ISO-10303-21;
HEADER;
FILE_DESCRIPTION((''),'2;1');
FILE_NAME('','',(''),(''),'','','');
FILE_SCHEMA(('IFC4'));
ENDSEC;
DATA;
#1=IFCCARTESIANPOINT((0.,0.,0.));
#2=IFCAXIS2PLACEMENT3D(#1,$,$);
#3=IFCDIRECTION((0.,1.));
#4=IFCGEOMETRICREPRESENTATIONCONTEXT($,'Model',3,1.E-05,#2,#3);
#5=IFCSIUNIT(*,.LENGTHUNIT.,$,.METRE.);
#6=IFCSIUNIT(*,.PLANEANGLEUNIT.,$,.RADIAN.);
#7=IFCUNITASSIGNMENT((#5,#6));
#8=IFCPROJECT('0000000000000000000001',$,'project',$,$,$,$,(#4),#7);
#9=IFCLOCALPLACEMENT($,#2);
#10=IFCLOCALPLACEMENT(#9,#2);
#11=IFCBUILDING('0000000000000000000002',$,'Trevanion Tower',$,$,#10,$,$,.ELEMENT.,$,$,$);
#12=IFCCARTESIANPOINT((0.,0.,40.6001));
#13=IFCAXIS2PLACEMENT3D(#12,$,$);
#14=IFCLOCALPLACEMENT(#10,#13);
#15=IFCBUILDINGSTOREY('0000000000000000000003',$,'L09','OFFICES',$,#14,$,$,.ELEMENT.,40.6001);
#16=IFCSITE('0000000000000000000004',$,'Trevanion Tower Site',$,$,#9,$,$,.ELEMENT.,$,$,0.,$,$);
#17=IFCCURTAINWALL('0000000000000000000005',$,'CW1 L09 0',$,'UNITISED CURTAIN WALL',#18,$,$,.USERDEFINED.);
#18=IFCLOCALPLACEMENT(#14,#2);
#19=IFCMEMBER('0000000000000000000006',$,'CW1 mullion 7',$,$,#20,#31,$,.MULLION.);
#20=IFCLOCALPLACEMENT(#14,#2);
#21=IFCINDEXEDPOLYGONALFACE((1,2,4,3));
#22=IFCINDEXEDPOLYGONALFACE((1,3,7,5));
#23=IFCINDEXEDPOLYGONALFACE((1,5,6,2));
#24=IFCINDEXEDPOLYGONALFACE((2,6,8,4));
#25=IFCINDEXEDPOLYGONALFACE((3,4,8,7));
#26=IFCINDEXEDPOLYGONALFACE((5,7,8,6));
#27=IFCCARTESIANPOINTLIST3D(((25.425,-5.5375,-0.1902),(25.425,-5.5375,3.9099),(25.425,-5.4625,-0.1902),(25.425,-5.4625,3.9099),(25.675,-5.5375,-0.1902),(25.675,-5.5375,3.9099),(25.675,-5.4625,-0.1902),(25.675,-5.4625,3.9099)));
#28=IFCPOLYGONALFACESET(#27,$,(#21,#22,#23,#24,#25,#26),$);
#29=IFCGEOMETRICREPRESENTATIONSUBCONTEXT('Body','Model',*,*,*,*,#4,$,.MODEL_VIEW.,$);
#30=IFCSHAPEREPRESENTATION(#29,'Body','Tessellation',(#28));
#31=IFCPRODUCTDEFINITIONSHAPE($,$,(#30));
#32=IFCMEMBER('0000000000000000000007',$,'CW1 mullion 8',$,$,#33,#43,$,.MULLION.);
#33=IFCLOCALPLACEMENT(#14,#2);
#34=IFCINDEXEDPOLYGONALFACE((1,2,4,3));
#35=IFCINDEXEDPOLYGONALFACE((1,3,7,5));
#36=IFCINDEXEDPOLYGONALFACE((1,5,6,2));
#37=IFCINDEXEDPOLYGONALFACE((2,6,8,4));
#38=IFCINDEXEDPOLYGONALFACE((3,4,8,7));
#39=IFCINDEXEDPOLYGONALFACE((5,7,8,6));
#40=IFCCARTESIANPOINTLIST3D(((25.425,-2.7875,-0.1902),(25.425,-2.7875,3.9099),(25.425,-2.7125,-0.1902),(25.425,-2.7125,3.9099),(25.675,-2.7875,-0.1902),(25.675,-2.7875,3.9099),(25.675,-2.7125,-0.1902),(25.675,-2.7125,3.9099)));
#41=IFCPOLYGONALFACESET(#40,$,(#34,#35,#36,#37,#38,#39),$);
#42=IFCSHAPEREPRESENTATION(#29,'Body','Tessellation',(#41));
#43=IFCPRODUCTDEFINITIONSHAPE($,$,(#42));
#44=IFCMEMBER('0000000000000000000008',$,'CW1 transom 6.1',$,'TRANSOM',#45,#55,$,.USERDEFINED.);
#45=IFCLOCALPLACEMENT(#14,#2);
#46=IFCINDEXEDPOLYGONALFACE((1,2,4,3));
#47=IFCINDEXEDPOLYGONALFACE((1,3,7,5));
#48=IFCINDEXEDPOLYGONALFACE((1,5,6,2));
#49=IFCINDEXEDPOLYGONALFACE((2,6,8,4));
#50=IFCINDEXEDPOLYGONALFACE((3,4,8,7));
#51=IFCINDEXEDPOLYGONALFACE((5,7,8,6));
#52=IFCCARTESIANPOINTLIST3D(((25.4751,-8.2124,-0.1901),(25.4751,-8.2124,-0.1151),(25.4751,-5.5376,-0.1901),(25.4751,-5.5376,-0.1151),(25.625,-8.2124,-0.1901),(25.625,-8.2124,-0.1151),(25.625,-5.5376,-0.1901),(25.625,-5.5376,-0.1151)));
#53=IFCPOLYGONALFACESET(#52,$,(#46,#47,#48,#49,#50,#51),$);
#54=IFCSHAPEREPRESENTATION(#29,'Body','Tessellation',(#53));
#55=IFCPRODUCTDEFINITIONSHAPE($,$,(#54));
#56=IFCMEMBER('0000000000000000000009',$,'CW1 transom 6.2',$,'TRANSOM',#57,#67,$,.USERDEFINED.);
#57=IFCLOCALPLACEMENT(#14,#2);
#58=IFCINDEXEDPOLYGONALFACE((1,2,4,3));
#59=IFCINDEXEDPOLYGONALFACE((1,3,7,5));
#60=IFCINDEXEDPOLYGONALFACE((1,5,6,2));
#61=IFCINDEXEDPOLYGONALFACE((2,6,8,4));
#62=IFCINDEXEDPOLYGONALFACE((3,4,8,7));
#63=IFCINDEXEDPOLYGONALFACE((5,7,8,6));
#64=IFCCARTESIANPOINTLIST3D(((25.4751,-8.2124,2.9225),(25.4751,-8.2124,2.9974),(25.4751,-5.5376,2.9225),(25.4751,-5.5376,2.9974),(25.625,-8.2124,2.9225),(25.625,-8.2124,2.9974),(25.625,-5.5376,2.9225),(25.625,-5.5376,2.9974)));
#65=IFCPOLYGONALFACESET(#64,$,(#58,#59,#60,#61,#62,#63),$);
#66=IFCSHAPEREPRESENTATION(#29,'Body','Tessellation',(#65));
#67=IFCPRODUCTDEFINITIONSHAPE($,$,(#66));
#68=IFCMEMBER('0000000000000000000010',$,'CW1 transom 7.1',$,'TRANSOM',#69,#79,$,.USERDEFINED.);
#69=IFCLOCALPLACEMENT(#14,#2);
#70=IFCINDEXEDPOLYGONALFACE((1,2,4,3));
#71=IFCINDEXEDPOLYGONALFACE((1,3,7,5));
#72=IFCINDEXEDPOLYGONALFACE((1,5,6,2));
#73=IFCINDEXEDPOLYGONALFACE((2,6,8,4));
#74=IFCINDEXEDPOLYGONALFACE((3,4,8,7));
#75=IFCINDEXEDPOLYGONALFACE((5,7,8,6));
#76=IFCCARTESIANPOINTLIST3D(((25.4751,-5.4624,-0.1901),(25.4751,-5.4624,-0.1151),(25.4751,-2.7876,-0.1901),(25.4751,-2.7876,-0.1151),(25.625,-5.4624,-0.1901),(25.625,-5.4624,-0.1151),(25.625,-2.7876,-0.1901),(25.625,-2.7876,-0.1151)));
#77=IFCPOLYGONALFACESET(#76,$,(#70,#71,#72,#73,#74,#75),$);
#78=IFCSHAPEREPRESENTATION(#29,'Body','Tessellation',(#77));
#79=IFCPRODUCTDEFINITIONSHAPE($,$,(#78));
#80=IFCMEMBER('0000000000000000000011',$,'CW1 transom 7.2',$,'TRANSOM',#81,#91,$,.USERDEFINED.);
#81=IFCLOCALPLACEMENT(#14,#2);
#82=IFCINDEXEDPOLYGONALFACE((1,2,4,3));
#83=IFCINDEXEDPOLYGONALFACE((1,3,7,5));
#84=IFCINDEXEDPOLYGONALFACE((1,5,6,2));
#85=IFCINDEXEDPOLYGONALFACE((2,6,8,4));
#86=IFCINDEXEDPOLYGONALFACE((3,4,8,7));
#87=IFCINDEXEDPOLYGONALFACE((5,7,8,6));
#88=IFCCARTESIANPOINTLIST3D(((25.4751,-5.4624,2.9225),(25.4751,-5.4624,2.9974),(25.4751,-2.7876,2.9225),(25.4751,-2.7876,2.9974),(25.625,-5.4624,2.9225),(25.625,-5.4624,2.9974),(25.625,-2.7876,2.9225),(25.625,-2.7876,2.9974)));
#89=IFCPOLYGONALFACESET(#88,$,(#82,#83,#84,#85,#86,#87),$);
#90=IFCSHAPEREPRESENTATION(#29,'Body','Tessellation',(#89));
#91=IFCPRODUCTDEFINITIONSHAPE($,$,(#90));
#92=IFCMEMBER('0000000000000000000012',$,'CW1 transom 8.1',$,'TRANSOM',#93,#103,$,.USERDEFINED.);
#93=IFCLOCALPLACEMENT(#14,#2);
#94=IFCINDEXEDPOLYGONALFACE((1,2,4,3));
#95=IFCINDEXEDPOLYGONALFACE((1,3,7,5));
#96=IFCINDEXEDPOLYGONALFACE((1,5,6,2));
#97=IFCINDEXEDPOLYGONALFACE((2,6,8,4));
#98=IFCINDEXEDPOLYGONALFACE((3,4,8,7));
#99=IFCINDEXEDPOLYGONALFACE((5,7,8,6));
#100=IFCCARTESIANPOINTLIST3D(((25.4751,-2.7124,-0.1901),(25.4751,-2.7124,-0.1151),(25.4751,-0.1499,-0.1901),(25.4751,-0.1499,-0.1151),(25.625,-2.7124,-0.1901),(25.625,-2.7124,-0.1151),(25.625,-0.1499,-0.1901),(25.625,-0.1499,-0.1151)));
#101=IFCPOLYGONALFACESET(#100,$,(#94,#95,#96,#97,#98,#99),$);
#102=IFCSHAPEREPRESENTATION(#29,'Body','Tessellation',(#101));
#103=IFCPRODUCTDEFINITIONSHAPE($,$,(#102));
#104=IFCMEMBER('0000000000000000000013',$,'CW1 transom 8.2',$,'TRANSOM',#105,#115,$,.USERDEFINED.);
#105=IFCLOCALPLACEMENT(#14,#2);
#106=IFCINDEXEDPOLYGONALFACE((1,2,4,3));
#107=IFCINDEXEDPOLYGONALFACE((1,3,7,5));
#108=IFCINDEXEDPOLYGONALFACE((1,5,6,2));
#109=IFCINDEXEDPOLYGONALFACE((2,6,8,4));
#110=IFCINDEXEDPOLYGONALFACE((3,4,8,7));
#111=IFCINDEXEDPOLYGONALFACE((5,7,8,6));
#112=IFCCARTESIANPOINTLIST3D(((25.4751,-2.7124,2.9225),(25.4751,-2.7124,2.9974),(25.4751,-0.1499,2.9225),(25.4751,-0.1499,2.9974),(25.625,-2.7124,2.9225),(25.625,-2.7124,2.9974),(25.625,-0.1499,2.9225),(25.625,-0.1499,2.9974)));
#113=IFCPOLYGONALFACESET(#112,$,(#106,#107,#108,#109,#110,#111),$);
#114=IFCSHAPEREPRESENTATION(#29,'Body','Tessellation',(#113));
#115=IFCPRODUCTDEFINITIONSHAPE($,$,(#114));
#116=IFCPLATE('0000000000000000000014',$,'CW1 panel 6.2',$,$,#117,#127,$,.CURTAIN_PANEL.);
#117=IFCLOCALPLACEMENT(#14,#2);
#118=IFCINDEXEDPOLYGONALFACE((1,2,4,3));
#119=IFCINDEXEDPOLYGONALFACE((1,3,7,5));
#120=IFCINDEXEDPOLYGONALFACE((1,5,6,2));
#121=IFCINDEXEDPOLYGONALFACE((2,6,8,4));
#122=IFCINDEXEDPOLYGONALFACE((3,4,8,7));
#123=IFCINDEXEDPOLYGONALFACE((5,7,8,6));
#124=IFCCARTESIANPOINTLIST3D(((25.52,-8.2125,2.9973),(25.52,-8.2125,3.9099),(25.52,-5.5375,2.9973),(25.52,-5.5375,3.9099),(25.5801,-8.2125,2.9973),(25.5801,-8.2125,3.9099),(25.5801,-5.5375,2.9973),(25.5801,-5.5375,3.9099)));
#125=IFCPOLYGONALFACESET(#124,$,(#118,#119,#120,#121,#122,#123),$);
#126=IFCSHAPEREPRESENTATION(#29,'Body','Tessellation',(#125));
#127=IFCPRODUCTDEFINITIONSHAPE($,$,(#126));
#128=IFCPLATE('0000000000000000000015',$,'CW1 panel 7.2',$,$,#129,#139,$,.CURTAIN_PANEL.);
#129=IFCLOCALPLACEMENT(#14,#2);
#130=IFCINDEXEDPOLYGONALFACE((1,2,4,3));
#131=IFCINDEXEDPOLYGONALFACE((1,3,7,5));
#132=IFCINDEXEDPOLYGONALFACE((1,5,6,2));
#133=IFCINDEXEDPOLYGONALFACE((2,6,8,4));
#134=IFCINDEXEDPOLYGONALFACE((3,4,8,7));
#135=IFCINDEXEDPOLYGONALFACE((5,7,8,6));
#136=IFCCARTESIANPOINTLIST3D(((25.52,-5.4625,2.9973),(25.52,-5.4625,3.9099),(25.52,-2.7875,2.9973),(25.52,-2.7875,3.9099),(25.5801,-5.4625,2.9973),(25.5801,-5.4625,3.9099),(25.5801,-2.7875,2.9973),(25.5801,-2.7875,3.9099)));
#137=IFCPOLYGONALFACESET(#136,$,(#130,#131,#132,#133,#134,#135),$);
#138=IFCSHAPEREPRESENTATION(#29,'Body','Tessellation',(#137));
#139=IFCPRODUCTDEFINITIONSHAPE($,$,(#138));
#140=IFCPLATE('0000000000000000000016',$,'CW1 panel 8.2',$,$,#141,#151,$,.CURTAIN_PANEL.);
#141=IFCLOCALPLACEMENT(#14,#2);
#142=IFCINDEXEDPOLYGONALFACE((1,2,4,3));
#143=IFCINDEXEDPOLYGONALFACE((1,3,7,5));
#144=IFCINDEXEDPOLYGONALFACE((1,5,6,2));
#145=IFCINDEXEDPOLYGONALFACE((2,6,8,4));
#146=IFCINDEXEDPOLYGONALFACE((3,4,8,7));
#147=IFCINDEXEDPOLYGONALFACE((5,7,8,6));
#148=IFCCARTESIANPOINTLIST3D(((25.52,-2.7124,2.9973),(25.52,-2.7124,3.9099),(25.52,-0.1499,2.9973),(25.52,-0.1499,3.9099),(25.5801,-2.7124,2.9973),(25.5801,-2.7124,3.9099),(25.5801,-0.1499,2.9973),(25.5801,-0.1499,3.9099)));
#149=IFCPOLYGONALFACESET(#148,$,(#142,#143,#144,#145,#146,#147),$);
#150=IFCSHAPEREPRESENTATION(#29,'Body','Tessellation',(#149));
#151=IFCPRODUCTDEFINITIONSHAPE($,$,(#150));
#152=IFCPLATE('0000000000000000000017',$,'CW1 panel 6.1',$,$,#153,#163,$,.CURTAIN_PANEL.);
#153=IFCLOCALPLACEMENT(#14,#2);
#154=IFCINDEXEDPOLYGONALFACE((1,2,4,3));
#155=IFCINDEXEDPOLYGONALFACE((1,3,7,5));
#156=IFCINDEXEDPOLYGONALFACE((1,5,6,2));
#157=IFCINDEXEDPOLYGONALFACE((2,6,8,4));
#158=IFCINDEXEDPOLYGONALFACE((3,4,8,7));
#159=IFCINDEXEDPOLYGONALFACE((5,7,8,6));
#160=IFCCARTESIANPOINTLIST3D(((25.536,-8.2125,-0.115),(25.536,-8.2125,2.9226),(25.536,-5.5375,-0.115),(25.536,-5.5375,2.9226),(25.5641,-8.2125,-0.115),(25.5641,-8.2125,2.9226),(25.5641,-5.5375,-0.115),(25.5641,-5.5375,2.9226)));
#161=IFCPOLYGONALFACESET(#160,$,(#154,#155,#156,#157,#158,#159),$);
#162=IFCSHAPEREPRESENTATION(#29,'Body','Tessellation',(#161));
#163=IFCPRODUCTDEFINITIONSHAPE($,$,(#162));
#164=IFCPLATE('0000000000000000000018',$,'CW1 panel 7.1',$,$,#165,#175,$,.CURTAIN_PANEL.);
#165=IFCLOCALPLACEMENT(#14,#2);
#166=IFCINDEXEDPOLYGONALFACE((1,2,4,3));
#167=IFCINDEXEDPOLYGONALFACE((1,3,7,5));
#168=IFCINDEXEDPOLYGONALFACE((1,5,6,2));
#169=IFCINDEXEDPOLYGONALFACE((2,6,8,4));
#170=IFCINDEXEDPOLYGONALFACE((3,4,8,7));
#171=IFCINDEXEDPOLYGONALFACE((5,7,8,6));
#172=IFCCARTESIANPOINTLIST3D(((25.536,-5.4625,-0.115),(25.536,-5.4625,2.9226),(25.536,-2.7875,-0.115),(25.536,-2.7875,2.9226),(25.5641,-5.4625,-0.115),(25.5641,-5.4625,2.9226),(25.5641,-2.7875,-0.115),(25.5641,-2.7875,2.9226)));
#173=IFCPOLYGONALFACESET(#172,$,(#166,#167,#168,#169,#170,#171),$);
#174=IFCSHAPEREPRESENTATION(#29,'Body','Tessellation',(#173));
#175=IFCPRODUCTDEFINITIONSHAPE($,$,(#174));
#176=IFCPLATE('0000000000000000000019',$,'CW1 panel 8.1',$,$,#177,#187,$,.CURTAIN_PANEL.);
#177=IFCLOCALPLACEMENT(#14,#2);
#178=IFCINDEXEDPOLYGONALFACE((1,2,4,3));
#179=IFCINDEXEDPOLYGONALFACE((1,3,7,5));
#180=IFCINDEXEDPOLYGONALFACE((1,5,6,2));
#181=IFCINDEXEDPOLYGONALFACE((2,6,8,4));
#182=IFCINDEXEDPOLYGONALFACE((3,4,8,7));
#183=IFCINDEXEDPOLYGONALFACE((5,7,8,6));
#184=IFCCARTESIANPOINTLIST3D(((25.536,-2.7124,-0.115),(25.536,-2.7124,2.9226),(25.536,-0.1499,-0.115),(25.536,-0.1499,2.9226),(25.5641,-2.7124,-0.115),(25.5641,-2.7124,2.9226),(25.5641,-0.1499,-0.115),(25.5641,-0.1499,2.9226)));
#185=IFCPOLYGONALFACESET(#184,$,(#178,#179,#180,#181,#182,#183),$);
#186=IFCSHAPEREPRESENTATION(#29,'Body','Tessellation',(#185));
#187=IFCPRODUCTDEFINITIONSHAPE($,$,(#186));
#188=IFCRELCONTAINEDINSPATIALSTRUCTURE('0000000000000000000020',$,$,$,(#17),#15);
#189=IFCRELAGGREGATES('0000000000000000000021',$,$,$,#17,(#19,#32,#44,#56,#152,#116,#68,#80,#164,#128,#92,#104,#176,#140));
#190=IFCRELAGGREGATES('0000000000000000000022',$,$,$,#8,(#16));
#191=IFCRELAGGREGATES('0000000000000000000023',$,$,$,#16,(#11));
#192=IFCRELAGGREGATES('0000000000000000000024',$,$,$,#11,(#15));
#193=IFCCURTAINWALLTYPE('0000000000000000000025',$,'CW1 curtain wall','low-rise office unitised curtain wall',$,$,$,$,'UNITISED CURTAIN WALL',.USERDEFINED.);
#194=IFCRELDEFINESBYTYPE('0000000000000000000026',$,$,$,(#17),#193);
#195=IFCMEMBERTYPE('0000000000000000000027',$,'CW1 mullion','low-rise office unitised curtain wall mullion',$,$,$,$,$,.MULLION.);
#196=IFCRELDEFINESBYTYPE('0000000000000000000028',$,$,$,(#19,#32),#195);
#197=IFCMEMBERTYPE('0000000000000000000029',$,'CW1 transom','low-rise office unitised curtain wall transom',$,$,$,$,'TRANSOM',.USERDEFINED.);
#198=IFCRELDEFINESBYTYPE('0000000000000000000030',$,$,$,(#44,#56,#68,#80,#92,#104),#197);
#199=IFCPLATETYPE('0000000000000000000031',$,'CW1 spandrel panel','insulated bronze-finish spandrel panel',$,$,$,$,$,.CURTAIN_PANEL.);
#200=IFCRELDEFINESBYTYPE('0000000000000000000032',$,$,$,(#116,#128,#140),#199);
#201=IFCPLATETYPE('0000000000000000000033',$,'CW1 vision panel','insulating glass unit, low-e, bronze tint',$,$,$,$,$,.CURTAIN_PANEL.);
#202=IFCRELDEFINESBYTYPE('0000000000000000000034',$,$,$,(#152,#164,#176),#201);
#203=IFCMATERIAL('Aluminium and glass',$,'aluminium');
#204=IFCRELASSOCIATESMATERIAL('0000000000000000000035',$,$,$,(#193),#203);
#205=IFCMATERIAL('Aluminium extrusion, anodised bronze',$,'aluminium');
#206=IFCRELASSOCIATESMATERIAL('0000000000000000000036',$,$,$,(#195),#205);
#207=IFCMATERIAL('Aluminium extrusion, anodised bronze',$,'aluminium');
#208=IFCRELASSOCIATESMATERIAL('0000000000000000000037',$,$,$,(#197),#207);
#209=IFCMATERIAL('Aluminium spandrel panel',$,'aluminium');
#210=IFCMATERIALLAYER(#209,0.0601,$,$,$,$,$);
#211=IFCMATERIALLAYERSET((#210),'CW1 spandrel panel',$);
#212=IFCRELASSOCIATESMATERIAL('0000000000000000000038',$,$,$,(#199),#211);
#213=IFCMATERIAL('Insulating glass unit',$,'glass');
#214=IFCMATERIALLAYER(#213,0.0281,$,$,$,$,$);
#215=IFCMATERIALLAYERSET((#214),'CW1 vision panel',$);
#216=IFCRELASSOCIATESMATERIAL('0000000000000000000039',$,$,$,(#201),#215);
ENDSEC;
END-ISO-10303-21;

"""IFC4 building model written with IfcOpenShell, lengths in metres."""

from ifc_helpers import new_model, si_unit, direction, frame, origin, origin_2d, place, context, subcontext, project, spatial, rectangle, extrude, material, layer, layer_set, material_profile, profile_set, type_object, element, aggregate, save


model = new_model("IFC4")

# Units and contexts
model_context = context("Model", 3, precision=1e-05, world=origin(), true_north=direction((0.0, 1.0)))
body_context = subcontext(model_context, "Body", "Model", "MODEL_VIEW")
ifc_project = project(units=[si_unit("LENGTHUNIT", "METRE"), si_unit("PLANEANGLEUNIT", "RADIAN")], contexts=[model_context])

# Site, building, storey
site_placement = place(None, origin())
site = spatial("IfcSite", under=ifc_project, at=site_placement, Name="Trevanion Tower Site", CompositionType="ELEMENT", RefElevation=0.0)
building_placement = place(site_placement, origin())
building = spatial("IfcBuilding", under=site, at=building_placement, Name="Trevanion Tower", CompositionType="ELEMENT")
storey_placement = place(building_placement, frame((0.0, 0.0, 40.6001)))
storey = spatial("IfcBuildingStorey", under=building, at=storey_placement, Name="L09", Description="OFFICES", CompositionType="ELEMENT", Elevation=40.6001)

# Curtain wall, members, plates
ifc_material_1 = material(Name="Aluminium and glass", Category="aluminium")
curtain_wall_type = type_object("IfcCurtainWallType", Name="CW1 curtain wall", Description="low-rise office unitised curtain wall", ElementType="UNITISED CURTAIN WALL", PredefinedType="USERDEFINED", material=ifc_material_1)
curtain_wall_placement = place(storey_placement, origin())
curtain_wall = element("IfcCurtainWall", 1, at=curtain_wall_placement, inside=storey, type_object=curtain_wall_type, Name="CW1 L09 0", ObjectType="UNITISED CURTAIN WALL", PredefinedType="USERDEFINED")
ifc_material_2 = material(Name="Aluminium extrusion, anodised bronze", Category="aluminium")
ifc_material_profile_1 = material_profile(ifc_material_2, rectangle(XDim=0.075, YDim=0.25, at=origin_2d()), Name="CW1 mullion")
ifc_profile_set_1 = profile_set([ifc_material_profile_1], Name="Aluminium extrusion, anodised bronze")
member_type_1 = type_object("IfcMemberType", Name="CW1 mullion", Description="low-rise office unitised curtain wall mullion", PredefinedType="MULLION", material=ifc_profile_set_1)
member_1_placement = place(storey_placement, frame((25.55, -5.5, -0.1902), z_axis=(0.0, 0.0, 1.0), x_axis=(0.0, 1.0, 0.0)))
member_1 = element("IfcMember", 2, at=member_1_placement, type_object=member_type_1, Name="CW1 mullion 7", PredefinedType="MULLION", context=body_context, shape_type="SweptSolid", body=[
    extrude(rectangle(XDim=0.075, YDim=0.25, at=origin_2d()), origin(), (0.0, 0.0, 1.0), 4.1001),
])
member_2_placement = place(storey_placement, frame((25.55, -2.75, -0.1902), z_axis=(0.0, 0.0, 1.0), x_axis=(0.0, 1.0, 0.0)))
member_2 = element("IfcMember", 3, at=member_2_placement, type_object=member_type_1, Name="CW1 mullion 8", PredefinedType="MULLION", context=body_context, shape_type="SweptSolid", body=[
    extrude(rectangle(XDim=0.075, YDim=0.25, at=origin_2d()), origin(), (0.0, 0.0, 1.0), 4.1001),
])
ifc_material_3 = material(Name="Aluminium extrusion, anodised bronze", Category="aluminium")
ifc_material_profile_2 = material_profile(ifc_material_3, rectangle(XDim=0.1499, YDim=0.075, at=origin_2d()), Name="CW1 transom")
ifc_profile_set_2 = profile_set([ifc_material_profile_2], Name="Aluminium extrusion, anodised bronze")
member_type_2 = type_object("IfcMemberType", Name="CW1 transom", Description="low-rise office unitised curtain wall transom", ElementType="TRANSOM", PredefinedType="USERDEFINED", material=ifc_profile_set_2)
member_3_placement = place(storey_placement, frame((25.55, -8.2124, -0.1526), z_axis=(0.0, 1.0, 0.0), x_axis=(-1.0, 0.0, 0.0)))
member_3 = element("IfcMember", 4, at=member_3_placement, type_object=member_type_2, Name="CW1 transom 6.1", ObjectType="TRANSOM", PredefinedType="USERDEFINED", context=body_context, shape_type="SweptSolid", body=[
    extrude(rectangle(XDim=0.1499, YDim=0.075, at=origin_2d()), origin(), (0.0, 0.0, 1.0), 2.6748),
])
member_4_placement = place(storey_placement, frame((25.55, -8.2124, 2.96), z_axis=(0.0, 1.0, 0.0), x_axis=(-1.0, 0.0, 0.0)))
member_4 = element("IfcMember", 5, at=member_4_placement, type_object=member_type_2, Name="CW1 transom 6.2", ObjectType="TRANSOM", PredefinedType="USERDEFINED", context=body_context, shape_type="SweptSolid", body=[
    extrude(rectangle(XDim=0.1499, YDim=0.075, at=origin_2d()), origin(), (0.0, 0.0, 1.0), 2.6748),
])
member_5_placement = place(storey_placement, frame((25.55, -5.4624, -0.1526), z_axis=(0.0, 1.0, 0.0), x_axis=(-1.0, 0.0, 0.0)))
member_5 = element("IfcMember", 6, at=member_5_placement, type_object=member_type_2, Name="CW1 transom 7.1", ObjectType="TRANSOM", PredefinedType="USERDEFINED", context=body_context, shape_type="SweptSolid", body=[
    extrude(rectangle(XDim=0.1499, YDim=0.075, at=origin_2d()), origin(), (0.0, 0.0, 1.0), 2.6748),
])
member_6_placement = place(storey_placement, frame((25.55, -5.4624, 2.96), z_axis=(0.0, 1.0, 0.0), x_axis=(-1.0, 0.0, 0.0)))
member_6 = element("IfcMember", 7, at=member_6_placement, type_object=member_type_2, Name="CW1 transom 7.2", ObjectType="TRANSOM", PredefinedType="USERDEFINED", context=body_context, shape_type="SweptSolid", body=[
    extrude(rectangle(XDim=0.1499, YDim=0.075, at=origin_2d()), origin(), (0.0, 0.0, 1.0), 2.6748),
])
member_7_placement = place(storey_placement, frame((25.55, -2.7124, -0.1526), z_axis=(0.0, 1.0, 0.0), x_axis=(-1.0, 0.0, 0.0)))
member_7 = element("IfcMember", 8, at=member_7_placement, type_object=member_type_2, Name="CW1 transom 8.1", ObjectType="TRANSOM", PredefinedType="USERDEFINED", context=body_context, shape_type="SweptSolid", body=[
    extrude(rectangle(XDim=0.1499, YDim=0.075, at=origin_2d()), origin(), (0.0, 0.0, 1.0), 2.5625),
])
member_8_placement = place(storey_placement, frame((25.55, -2.7124, 2.96), z_axis=(0.0, 1.0, 0.0), x_axis=(-1.0, 0.0, 0.0)))
member_8 = element("IfcMember", 9, at=member_8_placement, type_object=member_type_2, Name="CW1 transom 8.2", ObjectType="TRANSOM", PredefinedType="USERDEFINED", context=body_context, shape_type="SweptSolid", body=[
    extrude(rectangle(XDim=0.1499, YDim=0.075, at=origin_2d()), origin(), (0.0, 0.0, 1.0), 2.5625),
])
ifc_material_4 = material(Name="Aluminium spandrel panel", Category="aluminium")
ifc_layer_1 = layer(ifc_material_4, 0.0601)
ifc_layer_set_1 = layer_set([ifc_layer_1], Name="CW1 spandrel panel")
plate_type_1 = type_object("IfcPlateType", Name="CW1 spandrel panel", Description="insulated bronze-finish spandrel panel", PredefinedType="CURTAIN_PANEL", material=ifc_layer_set_1)
plate_1_placement = place(storey_placement, frame((25.55, -6.875, 2.9973), z_axis=(0.0, 0.0, 1.0), x_axis=(0.0, 1.0, 0.0)))
plate_1 = element("IfcPlate", 10, at=plate_1_placement, type_object=plate_type_1, Name="CW1 panel 6.2", PredefinedType="CURTAIN_PANEL", context=body_context, shape_type="SweptSolid", body=[
    extrude(rectangle(XDim=2.675, YDim=0.0601, at=origin_2d()), origin(), (0.0, 0.0, 1.0), 0.9126),
])
plate_2_placement = place(storey_placement, frame((25.55, -4.125, 2.9973), z_axis=(0.0, 0.0, 1.0), x_axis=(0.0, 1.0, 0.0)))
plate_2 = element("IfcPlate", 11, at=plate_2_placement, type_object=plate_type_1, Name="CW1 panel 7.2", PredefinedType="CURTAIN_PANEL", context=body_context, shape_type="SweptSolid", body=[
    extrude(rectangle(XDim=2.675, YDim=0.0601, at=origin_2d()), origin(), (0.0, 0.0, 1.0), 0.9126),
])
plate_3_placement = place(storey_placement, frame((25.55, -1.4312, 2.9973), z_axis=(0.0, 0.0, 1.0), x_axis=(0.0, 1.0, 0.0)))
plate_3 = element("IfcPlate", 12, at=plate_3_placement, type_object=plate_type_1, Name="CW1 panel 8.2", PredefinedType="CURTAIN_PANEL", context=body_context, shape_type="SweptSolid", body=[
    extrude(rectangle(XDim=2.5625, YDim=0.0601, at=origin_2d()), origin(), (0.0, 0.0, 1.0), 0.9126),
])
ifc_material_5 = material(Name="Insulating glass unit", Category="glass")
ifc_layer_2 = layer(ifc_material_5, 0.0281)
ifc_layer_set_2 = layer_set([ifc_layer_2], Name="CW1 vision panel")
plate_type_2 = type_object("IfcPlateType", Name="CW1 vision panel", Description="insulating glass unit, low-e, bronze tint", PredefinedType="CURTAIN_PANEL", material=ifc_layer_set_2)
plate_4_placement = place(storey_placement, frame((25.55, -6.875, -0.115), z_axis=(0.0, 0.0, 1.0), x_axis=(0.0, 1.0, 0.0)))
plate_4 = element("IfcPlate", 13, at=plate_4_placement, type_object=plate_type_2, Name="CW1 panel 6.1", PredefinedType="CURTAIN_PANEL", context=body_context, shape_type="SweptSolid", body=[
    extrude(rectangle(XDim=2.675, YDim=0.0281, at=origin_2d()), origin(), (0.0, 0.0, 1.0), 3.0376),
])
plate_5_placement = place(storey_placement, frame((25.55, -4.125, -0.115), z_axis=(0.0, 0.0, 1.0), x_axis=(0.0, 1.0, 0.0)))
plate_5 = element("IfcPlate", 14, at=plate_5_placement, type_object=plate_type_2, Name="CW1 panel 7.1", PredefinedType="CURTAIN_PANEL", context=body_context, shape_type="SweptSolid", body=[
    extrude(rectangle(XDim=2.675, YDim=0.0281, at=origin_2d()), origin(), (0.0, 0.0, 1.0), 3.0376),
])
plate_6_placement = place(storey_placement, frame((25.55, -1.4312, -0.115), z_axis=(0.0, 0.0, 1.0), x_axis=(0.0, 1.0, 0.0)))
plate_6 = element("IfcPlate", 15, at=plate_6_placement, type_object=plate_type_2, Name="CW1 panel 8.1", PredefinedType="CURTAIN_PANEL", context=body_context, shape_type="SweptSolid", body=[
    extrude(rectangle(XDim=2.5625, YDim=0.0281, at=origin_2d()), origin(), (0.0, 0.0, 1.0), 3.0376),
])
aggregate(curtain_wall, [member_1, member_2, member_3, member_4, plate_4, plate_1, member_5, member_6, plate_5, plate_2, member_7, member_8, plate_6, plate_3])

save(model, "model.ifc")
